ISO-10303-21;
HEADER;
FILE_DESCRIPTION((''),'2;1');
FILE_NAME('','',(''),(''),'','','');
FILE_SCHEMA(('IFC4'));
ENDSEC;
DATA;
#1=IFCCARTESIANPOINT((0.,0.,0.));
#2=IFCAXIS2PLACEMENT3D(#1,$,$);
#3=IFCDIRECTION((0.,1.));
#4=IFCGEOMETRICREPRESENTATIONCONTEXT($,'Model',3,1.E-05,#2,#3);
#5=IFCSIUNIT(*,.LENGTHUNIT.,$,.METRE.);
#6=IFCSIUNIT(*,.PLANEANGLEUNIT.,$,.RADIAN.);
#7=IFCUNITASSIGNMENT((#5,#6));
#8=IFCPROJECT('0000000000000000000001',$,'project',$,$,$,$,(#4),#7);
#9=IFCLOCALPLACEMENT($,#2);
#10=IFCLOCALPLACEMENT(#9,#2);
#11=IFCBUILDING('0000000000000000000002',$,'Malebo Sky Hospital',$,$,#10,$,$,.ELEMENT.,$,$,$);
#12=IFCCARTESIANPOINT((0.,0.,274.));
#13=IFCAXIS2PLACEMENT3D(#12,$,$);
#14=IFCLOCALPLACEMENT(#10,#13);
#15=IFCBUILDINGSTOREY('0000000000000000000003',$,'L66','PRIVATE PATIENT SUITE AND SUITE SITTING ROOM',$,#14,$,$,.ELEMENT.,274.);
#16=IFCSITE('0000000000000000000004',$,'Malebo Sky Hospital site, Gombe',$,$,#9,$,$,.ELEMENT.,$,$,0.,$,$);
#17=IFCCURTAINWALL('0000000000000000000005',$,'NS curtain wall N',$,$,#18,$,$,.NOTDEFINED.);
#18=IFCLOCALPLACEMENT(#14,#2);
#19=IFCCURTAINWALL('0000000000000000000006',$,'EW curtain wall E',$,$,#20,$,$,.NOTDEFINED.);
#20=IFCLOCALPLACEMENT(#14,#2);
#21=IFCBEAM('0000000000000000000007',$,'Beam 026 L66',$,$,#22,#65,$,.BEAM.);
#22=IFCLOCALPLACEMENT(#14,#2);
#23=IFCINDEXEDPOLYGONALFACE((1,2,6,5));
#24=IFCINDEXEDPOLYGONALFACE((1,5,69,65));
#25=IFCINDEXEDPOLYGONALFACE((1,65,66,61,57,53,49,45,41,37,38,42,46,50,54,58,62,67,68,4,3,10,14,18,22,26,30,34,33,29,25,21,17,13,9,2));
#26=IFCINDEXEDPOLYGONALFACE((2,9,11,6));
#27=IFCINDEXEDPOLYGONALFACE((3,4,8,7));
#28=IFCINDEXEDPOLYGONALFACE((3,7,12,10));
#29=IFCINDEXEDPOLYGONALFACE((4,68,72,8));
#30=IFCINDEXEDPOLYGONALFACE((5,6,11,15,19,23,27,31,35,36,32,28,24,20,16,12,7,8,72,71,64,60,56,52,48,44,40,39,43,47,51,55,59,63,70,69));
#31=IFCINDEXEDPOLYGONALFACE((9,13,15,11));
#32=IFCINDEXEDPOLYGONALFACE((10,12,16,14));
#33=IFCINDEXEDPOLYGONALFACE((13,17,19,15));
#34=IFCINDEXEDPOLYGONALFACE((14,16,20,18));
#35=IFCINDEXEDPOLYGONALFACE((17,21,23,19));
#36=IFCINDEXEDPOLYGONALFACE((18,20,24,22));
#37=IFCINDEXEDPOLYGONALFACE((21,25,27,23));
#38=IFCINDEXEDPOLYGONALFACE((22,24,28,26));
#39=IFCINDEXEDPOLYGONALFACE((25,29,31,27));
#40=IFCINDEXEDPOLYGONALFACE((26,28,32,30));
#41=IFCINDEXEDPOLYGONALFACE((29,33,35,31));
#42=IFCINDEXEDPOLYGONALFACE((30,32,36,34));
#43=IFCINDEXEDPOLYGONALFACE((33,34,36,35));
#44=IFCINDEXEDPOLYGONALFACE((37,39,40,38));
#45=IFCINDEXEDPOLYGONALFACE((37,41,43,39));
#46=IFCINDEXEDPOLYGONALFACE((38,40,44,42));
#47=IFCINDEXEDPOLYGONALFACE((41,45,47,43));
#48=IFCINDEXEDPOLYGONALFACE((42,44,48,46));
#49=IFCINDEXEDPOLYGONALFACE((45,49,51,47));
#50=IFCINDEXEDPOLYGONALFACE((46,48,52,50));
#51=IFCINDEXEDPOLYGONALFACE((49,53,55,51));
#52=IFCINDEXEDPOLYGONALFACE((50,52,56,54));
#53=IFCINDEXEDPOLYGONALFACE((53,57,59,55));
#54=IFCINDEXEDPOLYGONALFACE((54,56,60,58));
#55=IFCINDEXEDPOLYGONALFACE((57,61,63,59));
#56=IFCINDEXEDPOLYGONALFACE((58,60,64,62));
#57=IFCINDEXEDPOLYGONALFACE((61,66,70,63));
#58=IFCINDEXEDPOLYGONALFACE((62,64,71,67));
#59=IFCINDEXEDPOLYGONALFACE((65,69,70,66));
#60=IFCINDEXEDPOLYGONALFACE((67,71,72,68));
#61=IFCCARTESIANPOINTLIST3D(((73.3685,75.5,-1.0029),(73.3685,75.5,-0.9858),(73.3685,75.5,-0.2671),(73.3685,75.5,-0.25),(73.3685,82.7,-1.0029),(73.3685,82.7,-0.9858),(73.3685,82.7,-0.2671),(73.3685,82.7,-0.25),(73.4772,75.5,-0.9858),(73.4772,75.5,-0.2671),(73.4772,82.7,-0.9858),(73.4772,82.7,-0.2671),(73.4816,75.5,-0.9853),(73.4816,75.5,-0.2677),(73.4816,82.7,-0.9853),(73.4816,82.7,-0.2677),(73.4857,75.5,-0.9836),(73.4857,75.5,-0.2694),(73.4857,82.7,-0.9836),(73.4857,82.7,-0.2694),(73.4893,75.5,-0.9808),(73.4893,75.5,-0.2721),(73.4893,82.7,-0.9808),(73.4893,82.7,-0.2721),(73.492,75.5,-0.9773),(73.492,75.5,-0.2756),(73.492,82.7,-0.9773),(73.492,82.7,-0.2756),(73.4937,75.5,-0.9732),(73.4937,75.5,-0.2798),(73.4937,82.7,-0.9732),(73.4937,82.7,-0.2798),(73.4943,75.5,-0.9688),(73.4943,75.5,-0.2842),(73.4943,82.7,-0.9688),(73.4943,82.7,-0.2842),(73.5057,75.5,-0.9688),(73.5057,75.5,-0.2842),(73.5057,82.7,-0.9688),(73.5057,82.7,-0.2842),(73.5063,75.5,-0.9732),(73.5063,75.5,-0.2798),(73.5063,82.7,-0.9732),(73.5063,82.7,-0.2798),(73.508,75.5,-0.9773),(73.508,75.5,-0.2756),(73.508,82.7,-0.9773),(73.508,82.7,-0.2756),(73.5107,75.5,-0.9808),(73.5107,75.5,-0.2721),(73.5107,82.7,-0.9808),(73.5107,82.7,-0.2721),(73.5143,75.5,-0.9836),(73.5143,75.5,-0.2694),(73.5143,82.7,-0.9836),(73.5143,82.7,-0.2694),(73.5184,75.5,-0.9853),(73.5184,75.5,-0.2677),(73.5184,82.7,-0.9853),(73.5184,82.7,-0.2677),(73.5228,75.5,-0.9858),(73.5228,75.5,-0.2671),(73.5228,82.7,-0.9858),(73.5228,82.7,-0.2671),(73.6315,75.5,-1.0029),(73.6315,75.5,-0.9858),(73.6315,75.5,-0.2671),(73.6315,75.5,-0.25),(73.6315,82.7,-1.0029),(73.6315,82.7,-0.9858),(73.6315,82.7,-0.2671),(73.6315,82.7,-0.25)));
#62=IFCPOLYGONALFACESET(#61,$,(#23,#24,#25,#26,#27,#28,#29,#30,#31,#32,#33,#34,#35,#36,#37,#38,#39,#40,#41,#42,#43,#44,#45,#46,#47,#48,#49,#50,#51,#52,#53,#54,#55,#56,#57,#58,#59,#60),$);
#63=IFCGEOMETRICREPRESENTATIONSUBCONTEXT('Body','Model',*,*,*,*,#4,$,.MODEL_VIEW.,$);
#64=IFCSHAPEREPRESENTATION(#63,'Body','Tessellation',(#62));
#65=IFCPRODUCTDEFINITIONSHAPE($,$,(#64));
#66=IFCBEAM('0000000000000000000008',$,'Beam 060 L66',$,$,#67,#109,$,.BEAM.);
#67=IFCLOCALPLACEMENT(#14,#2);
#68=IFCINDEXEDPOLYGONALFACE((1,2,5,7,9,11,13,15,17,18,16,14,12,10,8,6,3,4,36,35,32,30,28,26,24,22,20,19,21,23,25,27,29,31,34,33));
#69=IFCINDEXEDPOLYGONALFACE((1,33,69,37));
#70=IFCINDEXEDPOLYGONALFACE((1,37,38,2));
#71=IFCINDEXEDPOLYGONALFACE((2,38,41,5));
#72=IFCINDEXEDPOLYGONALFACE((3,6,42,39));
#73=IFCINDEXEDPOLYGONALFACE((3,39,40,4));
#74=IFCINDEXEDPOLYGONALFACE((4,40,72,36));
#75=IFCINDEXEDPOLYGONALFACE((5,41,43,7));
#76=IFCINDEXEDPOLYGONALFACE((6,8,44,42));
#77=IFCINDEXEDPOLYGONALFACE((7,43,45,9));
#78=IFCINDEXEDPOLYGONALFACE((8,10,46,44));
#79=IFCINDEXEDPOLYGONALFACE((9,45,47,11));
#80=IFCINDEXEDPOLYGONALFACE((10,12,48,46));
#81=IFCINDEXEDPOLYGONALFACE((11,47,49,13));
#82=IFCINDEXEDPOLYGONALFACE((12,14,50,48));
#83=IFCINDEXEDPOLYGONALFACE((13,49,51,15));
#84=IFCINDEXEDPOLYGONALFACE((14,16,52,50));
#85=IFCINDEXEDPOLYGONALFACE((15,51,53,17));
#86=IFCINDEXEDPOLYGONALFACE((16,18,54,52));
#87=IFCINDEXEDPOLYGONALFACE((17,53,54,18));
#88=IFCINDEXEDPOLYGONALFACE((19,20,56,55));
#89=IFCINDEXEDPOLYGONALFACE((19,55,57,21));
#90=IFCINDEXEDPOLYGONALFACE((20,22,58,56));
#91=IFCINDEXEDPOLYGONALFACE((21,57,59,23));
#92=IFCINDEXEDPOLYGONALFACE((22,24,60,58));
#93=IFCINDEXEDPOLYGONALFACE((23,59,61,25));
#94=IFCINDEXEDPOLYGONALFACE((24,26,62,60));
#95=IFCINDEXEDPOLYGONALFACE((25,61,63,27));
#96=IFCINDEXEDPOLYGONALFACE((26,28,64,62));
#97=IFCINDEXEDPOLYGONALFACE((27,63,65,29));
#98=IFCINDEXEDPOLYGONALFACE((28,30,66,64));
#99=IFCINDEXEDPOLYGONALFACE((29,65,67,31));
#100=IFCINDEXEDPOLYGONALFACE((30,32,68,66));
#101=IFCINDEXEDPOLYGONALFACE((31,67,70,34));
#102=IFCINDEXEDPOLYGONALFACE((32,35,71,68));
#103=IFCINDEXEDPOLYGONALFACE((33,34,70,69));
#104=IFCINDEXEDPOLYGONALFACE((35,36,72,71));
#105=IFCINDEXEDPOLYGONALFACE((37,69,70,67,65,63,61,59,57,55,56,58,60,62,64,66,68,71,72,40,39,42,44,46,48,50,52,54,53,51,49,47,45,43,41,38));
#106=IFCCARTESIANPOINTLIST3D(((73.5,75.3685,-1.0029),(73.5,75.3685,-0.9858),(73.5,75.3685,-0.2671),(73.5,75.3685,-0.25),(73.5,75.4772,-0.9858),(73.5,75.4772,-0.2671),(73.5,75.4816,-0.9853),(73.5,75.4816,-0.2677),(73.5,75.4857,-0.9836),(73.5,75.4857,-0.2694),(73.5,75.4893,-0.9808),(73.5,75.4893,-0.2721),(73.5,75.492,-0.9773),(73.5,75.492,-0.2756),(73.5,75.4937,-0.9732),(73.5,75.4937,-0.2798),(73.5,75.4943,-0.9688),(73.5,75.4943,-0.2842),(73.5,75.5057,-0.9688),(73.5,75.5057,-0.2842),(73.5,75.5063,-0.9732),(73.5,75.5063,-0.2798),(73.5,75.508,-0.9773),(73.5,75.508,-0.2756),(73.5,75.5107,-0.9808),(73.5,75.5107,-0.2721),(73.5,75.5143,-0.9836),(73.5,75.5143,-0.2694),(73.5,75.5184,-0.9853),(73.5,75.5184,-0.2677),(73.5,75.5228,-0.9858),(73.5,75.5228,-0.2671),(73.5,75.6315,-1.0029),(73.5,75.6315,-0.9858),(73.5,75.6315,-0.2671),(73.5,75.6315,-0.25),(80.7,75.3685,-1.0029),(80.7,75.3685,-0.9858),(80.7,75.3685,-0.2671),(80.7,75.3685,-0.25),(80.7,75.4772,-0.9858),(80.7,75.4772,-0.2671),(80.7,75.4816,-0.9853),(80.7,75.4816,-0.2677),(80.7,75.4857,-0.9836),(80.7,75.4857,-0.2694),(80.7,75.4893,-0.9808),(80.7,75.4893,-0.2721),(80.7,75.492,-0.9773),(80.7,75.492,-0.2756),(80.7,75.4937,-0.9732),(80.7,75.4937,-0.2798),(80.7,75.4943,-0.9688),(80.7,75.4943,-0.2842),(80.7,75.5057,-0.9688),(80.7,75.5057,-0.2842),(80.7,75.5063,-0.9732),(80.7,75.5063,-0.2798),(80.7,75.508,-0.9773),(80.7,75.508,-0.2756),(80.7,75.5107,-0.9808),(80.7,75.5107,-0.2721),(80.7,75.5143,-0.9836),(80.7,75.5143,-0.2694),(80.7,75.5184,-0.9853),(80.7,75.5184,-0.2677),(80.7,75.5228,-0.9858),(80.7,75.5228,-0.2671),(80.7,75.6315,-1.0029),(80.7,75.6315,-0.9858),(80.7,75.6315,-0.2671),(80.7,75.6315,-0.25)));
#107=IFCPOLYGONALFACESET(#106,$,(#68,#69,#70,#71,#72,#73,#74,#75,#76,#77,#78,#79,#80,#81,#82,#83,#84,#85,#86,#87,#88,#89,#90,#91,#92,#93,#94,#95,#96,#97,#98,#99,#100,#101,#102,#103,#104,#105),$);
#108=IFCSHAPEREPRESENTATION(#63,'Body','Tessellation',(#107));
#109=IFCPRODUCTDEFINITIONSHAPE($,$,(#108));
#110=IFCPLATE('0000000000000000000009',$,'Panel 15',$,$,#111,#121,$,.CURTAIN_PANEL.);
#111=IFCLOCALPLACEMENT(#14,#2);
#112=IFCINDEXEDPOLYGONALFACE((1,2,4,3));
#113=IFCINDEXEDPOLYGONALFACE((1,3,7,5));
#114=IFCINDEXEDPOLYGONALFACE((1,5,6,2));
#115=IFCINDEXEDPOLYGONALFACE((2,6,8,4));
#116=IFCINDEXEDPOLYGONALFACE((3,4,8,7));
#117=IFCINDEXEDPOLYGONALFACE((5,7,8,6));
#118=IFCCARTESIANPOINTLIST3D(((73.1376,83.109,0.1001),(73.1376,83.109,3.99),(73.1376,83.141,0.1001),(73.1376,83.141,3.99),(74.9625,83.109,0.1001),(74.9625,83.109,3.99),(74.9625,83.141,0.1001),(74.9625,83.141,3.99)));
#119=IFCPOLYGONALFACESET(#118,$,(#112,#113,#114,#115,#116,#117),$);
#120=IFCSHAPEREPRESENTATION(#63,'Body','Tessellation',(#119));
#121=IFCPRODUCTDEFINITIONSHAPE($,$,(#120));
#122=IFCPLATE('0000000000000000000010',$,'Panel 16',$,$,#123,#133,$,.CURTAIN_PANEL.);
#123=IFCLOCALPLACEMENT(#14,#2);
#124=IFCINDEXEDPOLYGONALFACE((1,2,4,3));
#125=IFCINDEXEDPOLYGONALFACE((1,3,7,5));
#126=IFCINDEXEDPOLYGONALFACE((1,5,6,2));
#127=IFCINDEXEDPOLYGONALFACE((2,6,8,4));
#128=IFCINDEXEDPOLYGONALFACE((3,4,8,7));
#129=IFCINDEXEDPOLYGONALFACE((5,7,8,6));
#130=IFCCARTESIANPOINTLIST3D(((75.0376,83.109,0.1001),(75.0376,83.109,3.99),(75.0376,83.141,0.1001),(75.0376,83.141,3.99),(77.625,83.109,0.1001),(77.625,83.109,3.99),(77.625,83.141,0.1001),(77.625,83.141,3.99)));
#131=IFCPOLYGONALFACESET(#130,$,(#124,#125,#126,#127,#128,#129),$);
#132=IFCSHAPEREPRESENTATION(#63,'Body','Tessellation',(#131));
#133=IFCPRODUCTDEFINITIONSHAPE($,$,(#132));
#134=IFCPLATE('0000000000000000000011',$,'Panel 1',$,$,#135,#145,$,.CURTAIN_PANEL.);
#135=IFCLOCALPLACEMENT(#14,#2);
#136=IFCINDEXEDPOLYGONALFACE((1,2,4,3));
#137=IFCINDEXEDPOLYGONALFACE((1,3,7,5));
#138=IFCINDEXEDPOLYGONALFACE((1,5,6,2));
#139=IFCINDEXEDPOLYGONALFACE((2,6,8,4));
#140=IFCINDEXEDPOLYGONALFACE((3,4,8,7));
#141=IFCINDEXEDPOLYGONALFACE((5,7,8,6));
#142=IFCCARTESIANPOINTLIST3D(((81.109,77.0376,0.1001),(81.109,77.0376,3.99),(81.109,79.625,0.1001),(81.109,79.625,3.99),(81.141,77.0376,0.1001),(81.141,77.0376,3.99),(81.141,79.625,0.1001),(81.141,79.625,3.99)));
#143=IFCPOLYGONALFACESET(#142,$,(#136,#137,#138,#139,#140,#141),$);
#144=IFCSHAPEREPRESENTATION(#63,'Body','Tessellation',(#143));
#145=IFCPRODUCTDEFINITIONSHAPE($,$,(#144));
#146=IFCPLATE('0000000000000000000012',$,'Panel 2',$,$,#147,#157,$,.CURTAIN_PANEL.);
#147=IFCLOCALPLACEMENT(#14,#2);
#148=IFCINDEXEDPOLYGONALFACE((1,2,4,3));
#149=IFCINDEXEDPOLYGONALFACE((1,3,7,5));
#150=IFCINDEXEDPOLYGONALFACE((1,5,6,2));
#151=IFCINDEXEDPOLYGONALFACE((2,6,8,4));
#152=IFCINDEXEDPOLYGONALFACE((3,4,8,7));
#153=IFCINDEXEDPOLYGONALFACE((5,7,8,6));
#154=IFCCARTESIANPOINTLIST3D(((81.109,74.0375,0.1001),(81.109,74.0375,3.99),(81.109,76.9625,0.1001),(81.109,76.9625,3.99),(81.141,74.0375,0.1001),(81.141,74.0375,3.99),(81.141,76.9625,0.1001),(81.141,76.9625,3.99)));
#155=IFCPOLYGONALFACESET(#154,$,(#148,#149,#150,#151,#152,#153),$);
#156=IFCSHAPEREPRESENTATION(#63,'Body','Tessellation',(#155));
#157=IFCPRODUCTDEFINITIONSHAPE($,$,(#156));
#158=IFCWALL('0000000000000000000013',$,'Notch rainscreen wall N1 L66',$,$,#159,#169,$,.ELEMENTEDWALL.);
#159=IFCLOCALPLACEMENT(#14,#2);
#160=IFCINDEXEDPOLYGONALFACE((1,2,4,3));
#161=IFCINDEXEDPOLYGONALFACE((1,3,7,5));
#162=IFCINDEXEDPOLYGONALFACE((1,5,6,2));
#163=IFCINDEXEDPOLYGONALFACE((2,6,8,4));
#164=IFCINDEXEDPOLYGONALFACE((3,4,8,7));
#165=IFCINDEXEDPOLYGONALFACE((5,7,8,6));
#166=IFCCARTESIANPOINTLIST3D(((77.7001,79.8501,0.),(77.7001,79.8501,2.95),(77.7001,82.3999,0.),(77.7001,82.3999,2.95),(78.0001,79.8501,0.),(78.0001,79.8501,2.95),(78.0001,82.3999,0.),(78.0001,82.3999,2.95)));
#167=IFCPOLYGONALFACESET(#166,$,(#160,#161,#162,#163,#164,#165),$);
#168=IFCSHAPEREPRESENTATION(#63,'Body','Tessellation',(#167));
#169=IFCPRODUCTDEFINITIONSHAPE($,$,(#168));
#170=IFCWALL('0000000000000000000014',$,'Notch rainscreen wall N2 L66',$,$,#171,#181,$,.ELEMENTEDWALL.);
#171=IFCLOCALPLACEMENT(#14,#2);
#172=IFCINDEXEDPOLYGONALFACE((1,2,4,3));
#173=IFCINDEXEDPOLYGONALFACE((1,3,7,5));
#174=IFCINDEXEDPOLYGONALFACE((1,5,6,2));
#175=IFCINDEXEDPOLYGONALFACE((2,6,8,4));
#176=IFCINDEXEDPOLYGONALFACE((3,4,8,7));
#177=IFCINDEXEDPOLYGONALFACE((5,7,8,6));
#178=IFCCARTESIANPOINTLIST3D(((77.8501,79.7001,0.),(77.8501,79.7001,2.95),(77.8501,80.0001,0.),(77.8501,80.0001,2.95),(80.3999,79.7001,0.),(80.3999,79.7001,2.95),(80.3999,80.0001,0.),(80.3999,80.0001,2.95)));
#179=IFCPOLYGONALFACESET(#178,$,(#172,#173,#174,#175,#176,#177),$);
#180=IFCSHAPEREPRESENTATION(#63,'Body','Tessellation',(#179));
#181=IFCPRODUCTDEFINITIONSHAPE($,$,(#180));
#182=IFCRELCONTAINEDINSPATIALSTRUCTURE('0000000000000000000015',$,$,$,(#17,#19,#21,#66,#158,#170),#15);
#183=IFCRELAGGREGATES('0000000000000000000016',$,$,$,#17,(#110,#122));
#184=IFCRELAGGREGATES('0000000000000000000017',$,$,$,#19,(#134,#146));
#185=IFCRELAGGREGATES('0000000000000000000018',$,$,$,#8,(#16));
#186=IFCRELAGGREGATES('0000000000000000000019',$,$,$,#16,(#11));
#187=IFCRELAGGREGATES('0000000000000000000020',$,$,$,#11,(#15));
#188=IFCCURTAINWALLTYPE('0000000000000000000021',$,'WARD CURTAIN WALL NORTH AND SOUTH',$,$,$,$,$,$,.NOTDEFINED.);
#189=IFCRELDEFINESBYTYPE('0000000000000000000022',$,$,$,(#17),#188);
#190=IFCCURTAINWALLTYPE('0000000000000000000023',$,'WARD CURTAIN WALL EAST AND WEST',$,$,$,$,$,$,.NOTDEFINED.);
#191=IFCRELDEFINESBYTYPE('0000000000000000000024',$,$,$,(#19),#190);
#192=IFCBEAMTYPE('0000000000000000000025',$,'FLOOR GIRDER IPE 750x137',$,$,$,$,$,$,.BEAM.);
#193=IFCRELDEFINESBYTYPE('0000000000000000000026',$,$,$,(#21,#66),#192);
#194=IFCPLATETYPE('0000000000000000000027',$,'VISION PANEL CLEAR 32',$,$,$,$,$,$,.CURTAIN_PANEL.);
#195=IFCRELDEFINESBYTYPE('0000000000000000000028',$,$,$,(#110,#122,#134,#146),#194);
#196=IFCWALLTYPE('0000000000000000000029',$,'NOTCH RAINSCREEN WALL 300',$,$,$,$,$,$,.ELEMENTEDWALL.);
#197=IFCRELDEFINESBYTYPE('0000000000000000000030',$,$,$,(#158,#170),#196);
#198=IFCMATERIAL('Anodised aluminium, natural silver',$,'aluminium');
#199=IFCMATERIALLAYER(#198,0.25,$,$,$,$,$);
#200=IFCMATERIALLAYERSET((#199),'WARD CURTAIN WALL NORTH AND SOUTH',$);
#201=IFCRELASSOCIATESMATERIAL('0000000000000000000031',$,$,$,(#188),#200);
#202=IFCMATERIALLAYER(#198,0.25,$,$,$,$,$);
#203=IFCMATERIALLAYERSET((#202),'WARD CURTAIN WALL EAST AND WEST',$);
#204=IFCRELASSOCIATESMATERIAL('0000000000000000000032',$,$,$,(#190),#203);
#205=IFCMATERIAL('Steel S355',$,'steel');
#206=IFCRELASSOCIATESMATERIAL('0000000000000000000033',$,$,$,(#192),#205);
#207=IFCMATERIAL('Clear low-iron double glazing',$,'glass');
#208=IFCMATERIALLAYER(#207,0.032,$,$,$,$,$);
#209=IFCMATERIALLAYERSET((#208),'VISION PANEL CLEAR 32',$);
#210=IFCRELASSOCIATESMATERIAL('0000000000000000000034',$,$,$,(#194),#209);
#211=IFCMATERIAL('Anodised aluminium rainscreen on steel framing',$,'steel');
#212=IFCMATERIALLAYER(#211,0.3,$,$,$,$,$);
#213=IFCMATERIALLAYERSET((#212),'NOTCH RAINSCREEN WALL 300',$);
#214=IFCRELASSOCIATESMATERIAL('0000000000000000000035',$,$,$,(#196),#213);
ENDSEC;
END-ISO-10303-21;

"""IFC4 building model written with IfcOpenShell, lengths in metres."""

from ifc_helpers import new_model, si_unit, direction, frame, frame_2d, origin, origin_2d, place, context, subcontext, project, spatial, rectangle, i_section, extrude, material, layer, layer_set, material_profile, profile_set, type_object, element, aggregate, save


model = new_model("IFC4")

# Units and contexts
model_context = context("Model", 3, precision=1e-05, world=origin(), true_north=direction((0.0, 1.0)))
body_context = subcontext(model_context, "Body", "Model", "MODEL_VIEW")
ifc_project = project(units=[si_unit("LENGTHUNIT", "METRE"), si_unit("PLANEANGLEUNIT", "RADIAN")], contexts=[model_context])

# Site, building, storey
site_placement = place(None, origin())
site = spatial("IfcSite", under=ifc_project, at=site_placement, Name="Malebo Sky Hospital site, Gombe", CompositionType="ELEMENT", RefElevation=0.0)
building_placement = place(site_placement, origin())
building = spatial("IfcBuilding", under=site, at=building_placement, Name="Malebo Sky Hospital", CompositionType="ELEMENT")
storey_placement = place(building_placement, frame((0.0, 0.0, 274.0)))
storey = spatial("IfcBuildingStorey", under=building, at=storey_placement, Name="L66", Description="PRIVATE PATIENT SUITE AND SUITE SITTING ROOM", CompositionType="ELEMENT", Elevation=274.0)

# Curtain walls
ifc_material_1 = material(Name="Anodised aluminium, natural silver", Category="aluminium")
ifc_layer_1 = layer(ifc_material_1, 0.25)
ifc_layer_set_1 = layer_set([ifc_layer_1], Name="WARD CURTAIN WALL NORTH AND SOUTH")
curtain_wall_type_1 = type_object("IfcCurtainWallType", Name="WARD CURTAIN WALL NORTH AND SOUTH", PredefinedType="NOTDEFINED", material=ifc_layer_set_1)
curtain_wall_1_placement = place(storey_placement, origin())
curtain_wall_1 = element("IfcCurtainWall", 1, at=curtain_wall_1_placement, inside=storey, type_object=curtain_wall_type_1, Name="NS curtain wall N", PredefinedType="NOTDEFINED")
ifc_layer_2 = layer(ifc_material_1, 0.25)
ifc_layer_set_2 = layer_set([ifc_layer_2], Name="WARD CURTAIN WALL EAST AND WEST")
curtain_wall_type_2 = type_object("IfcCurtainWallType", Name="WARD CURTAIN WALL EAST AND WEST", PredefinedType="NOTDEFINED", material=ifc_layer_set_2)
curtain_wall_2_placement = place(storey_placement, origin())
curtain_wall_2 = element("IfcCurtainWall", 2, at=curtain_wall_2_placement, inside=storey, type_object=curtain_wall_type_2, Name="EW curtain wall E", PredefinedType="NOTDEFINED")

# Beams
ifc_material_2 = material(Name="Steel S355", Category="steel")
ifc_material_profile_1 = material_profile(ifc_material_2, i_section(OverallWidth=0.2629, OverallDepth=0.7529, WebThickness=0.0115, FlangeThickness=0.0171, FilletRadius=0.0171, at=origin_2d()), Name="IPE 750x137")
ifc_profile_set_1 = profile_set([ifc_material_profile_1], Name="Steel S355")
beam_type_1 = type_object("IfcBeamType", Name="FLOOR GIRDER IPE 750x137", PredefinedType="BEAM", material=ifc_profile_set_1)
for number, where, z_axis, x_axis, name in (
    (3, (73.5, 75.5, -0.6265), (0.0, 1.0, 0.0), (-1.0, 0.0, 0.0), "Beam 026 L66"),
    (4, (73.5, 75.5, -0.6265), (1.0, 0.0, 0.0), (0.0, 1.0, 0.0), "Beam 060 L66"),
):
    element("IfcBeam", number, at=place(storey_placement, frame(where, z_axis=z_axis, x_axis=x_axis)), inside=storey, type_object=beam_type_1, Name=name, PredefinedType="BEAM", context=body_context, shape_type="SweptSolid", body=[
        extrude(i_section(OverallWidth=0.2629, OverallDepth=0.7529, WebThickness=0.0115, FlangeThickness=0.0171, FilletRadius=0.0171, at=origin_2d()), origin(), (0.0, 0.0, 1.0), 7.2),
    ])

# Plates
ifc_material_3 = material(Name="Clear low-iron double glazing", Category="glass")
ifc_layer_3 = layer(ifc_material_3, 0.032)
ifc_layer_set_3 = layer_set([ifc_layer_3], Name="VISION PANEL CLEAR 32")
plate_type = type_object("IfcPlateType", Name="VISION PANEL CLEAR 32", PredefinedType="CURTAIN_PANEL", material=ifc_layer_set_3)
plate_1_placement = place(storey_placement, frame((74.05, 83.125, 0.1001), z_axis=(0.0, 0.0, 1.0), x_axis=(1.0, 0.0, 0.0)))
plate_1 = element("IfcPlate", 5, at=plate_1_placement, type_object=plate_type, Name="Panel 15", PredefinedType="CURTAIN_PANEL", context=body_context, shape_type="SweptSolid", body=[
    extrude(rectangle(XDim=1.825, YDim=0.032, at=origin_2d()), origin(), (0.0, 0.0, 1.0), 3.8899),
])
plate_2_placement = place(storey_placement, frame((76.3313, 83.125, 0.1001), z_axis=(0.0, 0.0, 1.0), x_axis=(1.0, 0.0, 0.0)))
plate_2 = element("IfcPlate", 6, at=plate_2_placement, type_object=plate_type, Name="Panel 16", PredefinedType="CURTAIN_PANEL", context=body_context, shape_type="SweptSolid", body=[
    extrude(rectangle(XDim=2.5874, YDim=0.032, at=origin_2d()), origin(), (0.0, 0.0, 1.0), 3.8899),
])
aggregate(curtain_wall_1, [plate_1, plate_2])
plate_3_placement = place(storey_placement, frame((81.125, 78.3313, 0.1001), z_axis=(0.0, 0.0, 1.0), x_axis=(0.0, -1.0, 0.0)))
plate_3 = element("IfcPlate", 7, at=plate_3_placement, type_object=plate_type, Name="Panel 1", PredefinedType="CURTAIN_PANEL", context=body_context, shape_type="SweptSolid", body=[
    extrude(rectangle(XDim=2.5874, YDim=0.032, at=origin_2d()), origin(), (0.0, 0.0, 1.0), 3.8899),
])
plate_4_placement = place(storey_placement, frame((81.125, 75.5, 0.1001), z_axis=(0.0, 0.0, 1.0), x_axis=(0.0, -1.0, 0.0)))
plate_4 = element("IfcPlate", 8, at=plate_4_placement, type_object=plate_type, Name="Panel 2", PredefinedType="CURTAIN_PANEL", context=body_context, shape_type="SweptSolid", body=[
    extrude(rectangle(XDim=2.925, YDim=0.032, at=origin_2d()), origin(), (0.0, 0.0, 1.0), 3.8899),
])
aggregate(curtain_wall_2, [plate_3, plate_4])

# Walls
ifc_material_4 = material(Name="Anodised aluminium rainscreen on steel framing", Category="steel")
ifc_layer_4 = layer(ifc_material_4, 0.3)
ifc_layer_set_4 = layer_set([ifc_layer_4], Name="NOTCH RAINSCREEN WALL 300")
wall_type_1 = type_object("IfcWallType", Name="NOTCH RAINSCREEN WALL 300", PredefinedType="ELEMENTEDWALL", material=ifc_layer_set_4)
for number, where, z_axis, x_axis, name in (
    (9, (77.8501, 82.3999, 0.0), (0.0, 0.0, 1.0), (0.0, -1.0, 0.0), "Notch rainscreen wall N1 L66"),
    (10, (77.8501, 79.8501, 0.0), (0.0, 0.0, 1.0), (1.0, 0.0, 0.0), "Notch rainscreen wall N2 L66"),
):
    element("IfcWall", number, at=place(storey_placement, frame(where, z_axis=z_axis, x_axis=x_axis)), inside=storey, type_object=wall_type_1, Name=name, PredefinedType="ELEMENTEDWALL", context=body_context, shape_type="SweptSolid", body=[
        extrude(rectangle(XDim=2.5498, YDim=0.3, at=frame_2d((1.2749, 0.0))), origin(), (0.0, 0.0, 1.0), 2.95),
    ])

save(model, "model.ifc")
